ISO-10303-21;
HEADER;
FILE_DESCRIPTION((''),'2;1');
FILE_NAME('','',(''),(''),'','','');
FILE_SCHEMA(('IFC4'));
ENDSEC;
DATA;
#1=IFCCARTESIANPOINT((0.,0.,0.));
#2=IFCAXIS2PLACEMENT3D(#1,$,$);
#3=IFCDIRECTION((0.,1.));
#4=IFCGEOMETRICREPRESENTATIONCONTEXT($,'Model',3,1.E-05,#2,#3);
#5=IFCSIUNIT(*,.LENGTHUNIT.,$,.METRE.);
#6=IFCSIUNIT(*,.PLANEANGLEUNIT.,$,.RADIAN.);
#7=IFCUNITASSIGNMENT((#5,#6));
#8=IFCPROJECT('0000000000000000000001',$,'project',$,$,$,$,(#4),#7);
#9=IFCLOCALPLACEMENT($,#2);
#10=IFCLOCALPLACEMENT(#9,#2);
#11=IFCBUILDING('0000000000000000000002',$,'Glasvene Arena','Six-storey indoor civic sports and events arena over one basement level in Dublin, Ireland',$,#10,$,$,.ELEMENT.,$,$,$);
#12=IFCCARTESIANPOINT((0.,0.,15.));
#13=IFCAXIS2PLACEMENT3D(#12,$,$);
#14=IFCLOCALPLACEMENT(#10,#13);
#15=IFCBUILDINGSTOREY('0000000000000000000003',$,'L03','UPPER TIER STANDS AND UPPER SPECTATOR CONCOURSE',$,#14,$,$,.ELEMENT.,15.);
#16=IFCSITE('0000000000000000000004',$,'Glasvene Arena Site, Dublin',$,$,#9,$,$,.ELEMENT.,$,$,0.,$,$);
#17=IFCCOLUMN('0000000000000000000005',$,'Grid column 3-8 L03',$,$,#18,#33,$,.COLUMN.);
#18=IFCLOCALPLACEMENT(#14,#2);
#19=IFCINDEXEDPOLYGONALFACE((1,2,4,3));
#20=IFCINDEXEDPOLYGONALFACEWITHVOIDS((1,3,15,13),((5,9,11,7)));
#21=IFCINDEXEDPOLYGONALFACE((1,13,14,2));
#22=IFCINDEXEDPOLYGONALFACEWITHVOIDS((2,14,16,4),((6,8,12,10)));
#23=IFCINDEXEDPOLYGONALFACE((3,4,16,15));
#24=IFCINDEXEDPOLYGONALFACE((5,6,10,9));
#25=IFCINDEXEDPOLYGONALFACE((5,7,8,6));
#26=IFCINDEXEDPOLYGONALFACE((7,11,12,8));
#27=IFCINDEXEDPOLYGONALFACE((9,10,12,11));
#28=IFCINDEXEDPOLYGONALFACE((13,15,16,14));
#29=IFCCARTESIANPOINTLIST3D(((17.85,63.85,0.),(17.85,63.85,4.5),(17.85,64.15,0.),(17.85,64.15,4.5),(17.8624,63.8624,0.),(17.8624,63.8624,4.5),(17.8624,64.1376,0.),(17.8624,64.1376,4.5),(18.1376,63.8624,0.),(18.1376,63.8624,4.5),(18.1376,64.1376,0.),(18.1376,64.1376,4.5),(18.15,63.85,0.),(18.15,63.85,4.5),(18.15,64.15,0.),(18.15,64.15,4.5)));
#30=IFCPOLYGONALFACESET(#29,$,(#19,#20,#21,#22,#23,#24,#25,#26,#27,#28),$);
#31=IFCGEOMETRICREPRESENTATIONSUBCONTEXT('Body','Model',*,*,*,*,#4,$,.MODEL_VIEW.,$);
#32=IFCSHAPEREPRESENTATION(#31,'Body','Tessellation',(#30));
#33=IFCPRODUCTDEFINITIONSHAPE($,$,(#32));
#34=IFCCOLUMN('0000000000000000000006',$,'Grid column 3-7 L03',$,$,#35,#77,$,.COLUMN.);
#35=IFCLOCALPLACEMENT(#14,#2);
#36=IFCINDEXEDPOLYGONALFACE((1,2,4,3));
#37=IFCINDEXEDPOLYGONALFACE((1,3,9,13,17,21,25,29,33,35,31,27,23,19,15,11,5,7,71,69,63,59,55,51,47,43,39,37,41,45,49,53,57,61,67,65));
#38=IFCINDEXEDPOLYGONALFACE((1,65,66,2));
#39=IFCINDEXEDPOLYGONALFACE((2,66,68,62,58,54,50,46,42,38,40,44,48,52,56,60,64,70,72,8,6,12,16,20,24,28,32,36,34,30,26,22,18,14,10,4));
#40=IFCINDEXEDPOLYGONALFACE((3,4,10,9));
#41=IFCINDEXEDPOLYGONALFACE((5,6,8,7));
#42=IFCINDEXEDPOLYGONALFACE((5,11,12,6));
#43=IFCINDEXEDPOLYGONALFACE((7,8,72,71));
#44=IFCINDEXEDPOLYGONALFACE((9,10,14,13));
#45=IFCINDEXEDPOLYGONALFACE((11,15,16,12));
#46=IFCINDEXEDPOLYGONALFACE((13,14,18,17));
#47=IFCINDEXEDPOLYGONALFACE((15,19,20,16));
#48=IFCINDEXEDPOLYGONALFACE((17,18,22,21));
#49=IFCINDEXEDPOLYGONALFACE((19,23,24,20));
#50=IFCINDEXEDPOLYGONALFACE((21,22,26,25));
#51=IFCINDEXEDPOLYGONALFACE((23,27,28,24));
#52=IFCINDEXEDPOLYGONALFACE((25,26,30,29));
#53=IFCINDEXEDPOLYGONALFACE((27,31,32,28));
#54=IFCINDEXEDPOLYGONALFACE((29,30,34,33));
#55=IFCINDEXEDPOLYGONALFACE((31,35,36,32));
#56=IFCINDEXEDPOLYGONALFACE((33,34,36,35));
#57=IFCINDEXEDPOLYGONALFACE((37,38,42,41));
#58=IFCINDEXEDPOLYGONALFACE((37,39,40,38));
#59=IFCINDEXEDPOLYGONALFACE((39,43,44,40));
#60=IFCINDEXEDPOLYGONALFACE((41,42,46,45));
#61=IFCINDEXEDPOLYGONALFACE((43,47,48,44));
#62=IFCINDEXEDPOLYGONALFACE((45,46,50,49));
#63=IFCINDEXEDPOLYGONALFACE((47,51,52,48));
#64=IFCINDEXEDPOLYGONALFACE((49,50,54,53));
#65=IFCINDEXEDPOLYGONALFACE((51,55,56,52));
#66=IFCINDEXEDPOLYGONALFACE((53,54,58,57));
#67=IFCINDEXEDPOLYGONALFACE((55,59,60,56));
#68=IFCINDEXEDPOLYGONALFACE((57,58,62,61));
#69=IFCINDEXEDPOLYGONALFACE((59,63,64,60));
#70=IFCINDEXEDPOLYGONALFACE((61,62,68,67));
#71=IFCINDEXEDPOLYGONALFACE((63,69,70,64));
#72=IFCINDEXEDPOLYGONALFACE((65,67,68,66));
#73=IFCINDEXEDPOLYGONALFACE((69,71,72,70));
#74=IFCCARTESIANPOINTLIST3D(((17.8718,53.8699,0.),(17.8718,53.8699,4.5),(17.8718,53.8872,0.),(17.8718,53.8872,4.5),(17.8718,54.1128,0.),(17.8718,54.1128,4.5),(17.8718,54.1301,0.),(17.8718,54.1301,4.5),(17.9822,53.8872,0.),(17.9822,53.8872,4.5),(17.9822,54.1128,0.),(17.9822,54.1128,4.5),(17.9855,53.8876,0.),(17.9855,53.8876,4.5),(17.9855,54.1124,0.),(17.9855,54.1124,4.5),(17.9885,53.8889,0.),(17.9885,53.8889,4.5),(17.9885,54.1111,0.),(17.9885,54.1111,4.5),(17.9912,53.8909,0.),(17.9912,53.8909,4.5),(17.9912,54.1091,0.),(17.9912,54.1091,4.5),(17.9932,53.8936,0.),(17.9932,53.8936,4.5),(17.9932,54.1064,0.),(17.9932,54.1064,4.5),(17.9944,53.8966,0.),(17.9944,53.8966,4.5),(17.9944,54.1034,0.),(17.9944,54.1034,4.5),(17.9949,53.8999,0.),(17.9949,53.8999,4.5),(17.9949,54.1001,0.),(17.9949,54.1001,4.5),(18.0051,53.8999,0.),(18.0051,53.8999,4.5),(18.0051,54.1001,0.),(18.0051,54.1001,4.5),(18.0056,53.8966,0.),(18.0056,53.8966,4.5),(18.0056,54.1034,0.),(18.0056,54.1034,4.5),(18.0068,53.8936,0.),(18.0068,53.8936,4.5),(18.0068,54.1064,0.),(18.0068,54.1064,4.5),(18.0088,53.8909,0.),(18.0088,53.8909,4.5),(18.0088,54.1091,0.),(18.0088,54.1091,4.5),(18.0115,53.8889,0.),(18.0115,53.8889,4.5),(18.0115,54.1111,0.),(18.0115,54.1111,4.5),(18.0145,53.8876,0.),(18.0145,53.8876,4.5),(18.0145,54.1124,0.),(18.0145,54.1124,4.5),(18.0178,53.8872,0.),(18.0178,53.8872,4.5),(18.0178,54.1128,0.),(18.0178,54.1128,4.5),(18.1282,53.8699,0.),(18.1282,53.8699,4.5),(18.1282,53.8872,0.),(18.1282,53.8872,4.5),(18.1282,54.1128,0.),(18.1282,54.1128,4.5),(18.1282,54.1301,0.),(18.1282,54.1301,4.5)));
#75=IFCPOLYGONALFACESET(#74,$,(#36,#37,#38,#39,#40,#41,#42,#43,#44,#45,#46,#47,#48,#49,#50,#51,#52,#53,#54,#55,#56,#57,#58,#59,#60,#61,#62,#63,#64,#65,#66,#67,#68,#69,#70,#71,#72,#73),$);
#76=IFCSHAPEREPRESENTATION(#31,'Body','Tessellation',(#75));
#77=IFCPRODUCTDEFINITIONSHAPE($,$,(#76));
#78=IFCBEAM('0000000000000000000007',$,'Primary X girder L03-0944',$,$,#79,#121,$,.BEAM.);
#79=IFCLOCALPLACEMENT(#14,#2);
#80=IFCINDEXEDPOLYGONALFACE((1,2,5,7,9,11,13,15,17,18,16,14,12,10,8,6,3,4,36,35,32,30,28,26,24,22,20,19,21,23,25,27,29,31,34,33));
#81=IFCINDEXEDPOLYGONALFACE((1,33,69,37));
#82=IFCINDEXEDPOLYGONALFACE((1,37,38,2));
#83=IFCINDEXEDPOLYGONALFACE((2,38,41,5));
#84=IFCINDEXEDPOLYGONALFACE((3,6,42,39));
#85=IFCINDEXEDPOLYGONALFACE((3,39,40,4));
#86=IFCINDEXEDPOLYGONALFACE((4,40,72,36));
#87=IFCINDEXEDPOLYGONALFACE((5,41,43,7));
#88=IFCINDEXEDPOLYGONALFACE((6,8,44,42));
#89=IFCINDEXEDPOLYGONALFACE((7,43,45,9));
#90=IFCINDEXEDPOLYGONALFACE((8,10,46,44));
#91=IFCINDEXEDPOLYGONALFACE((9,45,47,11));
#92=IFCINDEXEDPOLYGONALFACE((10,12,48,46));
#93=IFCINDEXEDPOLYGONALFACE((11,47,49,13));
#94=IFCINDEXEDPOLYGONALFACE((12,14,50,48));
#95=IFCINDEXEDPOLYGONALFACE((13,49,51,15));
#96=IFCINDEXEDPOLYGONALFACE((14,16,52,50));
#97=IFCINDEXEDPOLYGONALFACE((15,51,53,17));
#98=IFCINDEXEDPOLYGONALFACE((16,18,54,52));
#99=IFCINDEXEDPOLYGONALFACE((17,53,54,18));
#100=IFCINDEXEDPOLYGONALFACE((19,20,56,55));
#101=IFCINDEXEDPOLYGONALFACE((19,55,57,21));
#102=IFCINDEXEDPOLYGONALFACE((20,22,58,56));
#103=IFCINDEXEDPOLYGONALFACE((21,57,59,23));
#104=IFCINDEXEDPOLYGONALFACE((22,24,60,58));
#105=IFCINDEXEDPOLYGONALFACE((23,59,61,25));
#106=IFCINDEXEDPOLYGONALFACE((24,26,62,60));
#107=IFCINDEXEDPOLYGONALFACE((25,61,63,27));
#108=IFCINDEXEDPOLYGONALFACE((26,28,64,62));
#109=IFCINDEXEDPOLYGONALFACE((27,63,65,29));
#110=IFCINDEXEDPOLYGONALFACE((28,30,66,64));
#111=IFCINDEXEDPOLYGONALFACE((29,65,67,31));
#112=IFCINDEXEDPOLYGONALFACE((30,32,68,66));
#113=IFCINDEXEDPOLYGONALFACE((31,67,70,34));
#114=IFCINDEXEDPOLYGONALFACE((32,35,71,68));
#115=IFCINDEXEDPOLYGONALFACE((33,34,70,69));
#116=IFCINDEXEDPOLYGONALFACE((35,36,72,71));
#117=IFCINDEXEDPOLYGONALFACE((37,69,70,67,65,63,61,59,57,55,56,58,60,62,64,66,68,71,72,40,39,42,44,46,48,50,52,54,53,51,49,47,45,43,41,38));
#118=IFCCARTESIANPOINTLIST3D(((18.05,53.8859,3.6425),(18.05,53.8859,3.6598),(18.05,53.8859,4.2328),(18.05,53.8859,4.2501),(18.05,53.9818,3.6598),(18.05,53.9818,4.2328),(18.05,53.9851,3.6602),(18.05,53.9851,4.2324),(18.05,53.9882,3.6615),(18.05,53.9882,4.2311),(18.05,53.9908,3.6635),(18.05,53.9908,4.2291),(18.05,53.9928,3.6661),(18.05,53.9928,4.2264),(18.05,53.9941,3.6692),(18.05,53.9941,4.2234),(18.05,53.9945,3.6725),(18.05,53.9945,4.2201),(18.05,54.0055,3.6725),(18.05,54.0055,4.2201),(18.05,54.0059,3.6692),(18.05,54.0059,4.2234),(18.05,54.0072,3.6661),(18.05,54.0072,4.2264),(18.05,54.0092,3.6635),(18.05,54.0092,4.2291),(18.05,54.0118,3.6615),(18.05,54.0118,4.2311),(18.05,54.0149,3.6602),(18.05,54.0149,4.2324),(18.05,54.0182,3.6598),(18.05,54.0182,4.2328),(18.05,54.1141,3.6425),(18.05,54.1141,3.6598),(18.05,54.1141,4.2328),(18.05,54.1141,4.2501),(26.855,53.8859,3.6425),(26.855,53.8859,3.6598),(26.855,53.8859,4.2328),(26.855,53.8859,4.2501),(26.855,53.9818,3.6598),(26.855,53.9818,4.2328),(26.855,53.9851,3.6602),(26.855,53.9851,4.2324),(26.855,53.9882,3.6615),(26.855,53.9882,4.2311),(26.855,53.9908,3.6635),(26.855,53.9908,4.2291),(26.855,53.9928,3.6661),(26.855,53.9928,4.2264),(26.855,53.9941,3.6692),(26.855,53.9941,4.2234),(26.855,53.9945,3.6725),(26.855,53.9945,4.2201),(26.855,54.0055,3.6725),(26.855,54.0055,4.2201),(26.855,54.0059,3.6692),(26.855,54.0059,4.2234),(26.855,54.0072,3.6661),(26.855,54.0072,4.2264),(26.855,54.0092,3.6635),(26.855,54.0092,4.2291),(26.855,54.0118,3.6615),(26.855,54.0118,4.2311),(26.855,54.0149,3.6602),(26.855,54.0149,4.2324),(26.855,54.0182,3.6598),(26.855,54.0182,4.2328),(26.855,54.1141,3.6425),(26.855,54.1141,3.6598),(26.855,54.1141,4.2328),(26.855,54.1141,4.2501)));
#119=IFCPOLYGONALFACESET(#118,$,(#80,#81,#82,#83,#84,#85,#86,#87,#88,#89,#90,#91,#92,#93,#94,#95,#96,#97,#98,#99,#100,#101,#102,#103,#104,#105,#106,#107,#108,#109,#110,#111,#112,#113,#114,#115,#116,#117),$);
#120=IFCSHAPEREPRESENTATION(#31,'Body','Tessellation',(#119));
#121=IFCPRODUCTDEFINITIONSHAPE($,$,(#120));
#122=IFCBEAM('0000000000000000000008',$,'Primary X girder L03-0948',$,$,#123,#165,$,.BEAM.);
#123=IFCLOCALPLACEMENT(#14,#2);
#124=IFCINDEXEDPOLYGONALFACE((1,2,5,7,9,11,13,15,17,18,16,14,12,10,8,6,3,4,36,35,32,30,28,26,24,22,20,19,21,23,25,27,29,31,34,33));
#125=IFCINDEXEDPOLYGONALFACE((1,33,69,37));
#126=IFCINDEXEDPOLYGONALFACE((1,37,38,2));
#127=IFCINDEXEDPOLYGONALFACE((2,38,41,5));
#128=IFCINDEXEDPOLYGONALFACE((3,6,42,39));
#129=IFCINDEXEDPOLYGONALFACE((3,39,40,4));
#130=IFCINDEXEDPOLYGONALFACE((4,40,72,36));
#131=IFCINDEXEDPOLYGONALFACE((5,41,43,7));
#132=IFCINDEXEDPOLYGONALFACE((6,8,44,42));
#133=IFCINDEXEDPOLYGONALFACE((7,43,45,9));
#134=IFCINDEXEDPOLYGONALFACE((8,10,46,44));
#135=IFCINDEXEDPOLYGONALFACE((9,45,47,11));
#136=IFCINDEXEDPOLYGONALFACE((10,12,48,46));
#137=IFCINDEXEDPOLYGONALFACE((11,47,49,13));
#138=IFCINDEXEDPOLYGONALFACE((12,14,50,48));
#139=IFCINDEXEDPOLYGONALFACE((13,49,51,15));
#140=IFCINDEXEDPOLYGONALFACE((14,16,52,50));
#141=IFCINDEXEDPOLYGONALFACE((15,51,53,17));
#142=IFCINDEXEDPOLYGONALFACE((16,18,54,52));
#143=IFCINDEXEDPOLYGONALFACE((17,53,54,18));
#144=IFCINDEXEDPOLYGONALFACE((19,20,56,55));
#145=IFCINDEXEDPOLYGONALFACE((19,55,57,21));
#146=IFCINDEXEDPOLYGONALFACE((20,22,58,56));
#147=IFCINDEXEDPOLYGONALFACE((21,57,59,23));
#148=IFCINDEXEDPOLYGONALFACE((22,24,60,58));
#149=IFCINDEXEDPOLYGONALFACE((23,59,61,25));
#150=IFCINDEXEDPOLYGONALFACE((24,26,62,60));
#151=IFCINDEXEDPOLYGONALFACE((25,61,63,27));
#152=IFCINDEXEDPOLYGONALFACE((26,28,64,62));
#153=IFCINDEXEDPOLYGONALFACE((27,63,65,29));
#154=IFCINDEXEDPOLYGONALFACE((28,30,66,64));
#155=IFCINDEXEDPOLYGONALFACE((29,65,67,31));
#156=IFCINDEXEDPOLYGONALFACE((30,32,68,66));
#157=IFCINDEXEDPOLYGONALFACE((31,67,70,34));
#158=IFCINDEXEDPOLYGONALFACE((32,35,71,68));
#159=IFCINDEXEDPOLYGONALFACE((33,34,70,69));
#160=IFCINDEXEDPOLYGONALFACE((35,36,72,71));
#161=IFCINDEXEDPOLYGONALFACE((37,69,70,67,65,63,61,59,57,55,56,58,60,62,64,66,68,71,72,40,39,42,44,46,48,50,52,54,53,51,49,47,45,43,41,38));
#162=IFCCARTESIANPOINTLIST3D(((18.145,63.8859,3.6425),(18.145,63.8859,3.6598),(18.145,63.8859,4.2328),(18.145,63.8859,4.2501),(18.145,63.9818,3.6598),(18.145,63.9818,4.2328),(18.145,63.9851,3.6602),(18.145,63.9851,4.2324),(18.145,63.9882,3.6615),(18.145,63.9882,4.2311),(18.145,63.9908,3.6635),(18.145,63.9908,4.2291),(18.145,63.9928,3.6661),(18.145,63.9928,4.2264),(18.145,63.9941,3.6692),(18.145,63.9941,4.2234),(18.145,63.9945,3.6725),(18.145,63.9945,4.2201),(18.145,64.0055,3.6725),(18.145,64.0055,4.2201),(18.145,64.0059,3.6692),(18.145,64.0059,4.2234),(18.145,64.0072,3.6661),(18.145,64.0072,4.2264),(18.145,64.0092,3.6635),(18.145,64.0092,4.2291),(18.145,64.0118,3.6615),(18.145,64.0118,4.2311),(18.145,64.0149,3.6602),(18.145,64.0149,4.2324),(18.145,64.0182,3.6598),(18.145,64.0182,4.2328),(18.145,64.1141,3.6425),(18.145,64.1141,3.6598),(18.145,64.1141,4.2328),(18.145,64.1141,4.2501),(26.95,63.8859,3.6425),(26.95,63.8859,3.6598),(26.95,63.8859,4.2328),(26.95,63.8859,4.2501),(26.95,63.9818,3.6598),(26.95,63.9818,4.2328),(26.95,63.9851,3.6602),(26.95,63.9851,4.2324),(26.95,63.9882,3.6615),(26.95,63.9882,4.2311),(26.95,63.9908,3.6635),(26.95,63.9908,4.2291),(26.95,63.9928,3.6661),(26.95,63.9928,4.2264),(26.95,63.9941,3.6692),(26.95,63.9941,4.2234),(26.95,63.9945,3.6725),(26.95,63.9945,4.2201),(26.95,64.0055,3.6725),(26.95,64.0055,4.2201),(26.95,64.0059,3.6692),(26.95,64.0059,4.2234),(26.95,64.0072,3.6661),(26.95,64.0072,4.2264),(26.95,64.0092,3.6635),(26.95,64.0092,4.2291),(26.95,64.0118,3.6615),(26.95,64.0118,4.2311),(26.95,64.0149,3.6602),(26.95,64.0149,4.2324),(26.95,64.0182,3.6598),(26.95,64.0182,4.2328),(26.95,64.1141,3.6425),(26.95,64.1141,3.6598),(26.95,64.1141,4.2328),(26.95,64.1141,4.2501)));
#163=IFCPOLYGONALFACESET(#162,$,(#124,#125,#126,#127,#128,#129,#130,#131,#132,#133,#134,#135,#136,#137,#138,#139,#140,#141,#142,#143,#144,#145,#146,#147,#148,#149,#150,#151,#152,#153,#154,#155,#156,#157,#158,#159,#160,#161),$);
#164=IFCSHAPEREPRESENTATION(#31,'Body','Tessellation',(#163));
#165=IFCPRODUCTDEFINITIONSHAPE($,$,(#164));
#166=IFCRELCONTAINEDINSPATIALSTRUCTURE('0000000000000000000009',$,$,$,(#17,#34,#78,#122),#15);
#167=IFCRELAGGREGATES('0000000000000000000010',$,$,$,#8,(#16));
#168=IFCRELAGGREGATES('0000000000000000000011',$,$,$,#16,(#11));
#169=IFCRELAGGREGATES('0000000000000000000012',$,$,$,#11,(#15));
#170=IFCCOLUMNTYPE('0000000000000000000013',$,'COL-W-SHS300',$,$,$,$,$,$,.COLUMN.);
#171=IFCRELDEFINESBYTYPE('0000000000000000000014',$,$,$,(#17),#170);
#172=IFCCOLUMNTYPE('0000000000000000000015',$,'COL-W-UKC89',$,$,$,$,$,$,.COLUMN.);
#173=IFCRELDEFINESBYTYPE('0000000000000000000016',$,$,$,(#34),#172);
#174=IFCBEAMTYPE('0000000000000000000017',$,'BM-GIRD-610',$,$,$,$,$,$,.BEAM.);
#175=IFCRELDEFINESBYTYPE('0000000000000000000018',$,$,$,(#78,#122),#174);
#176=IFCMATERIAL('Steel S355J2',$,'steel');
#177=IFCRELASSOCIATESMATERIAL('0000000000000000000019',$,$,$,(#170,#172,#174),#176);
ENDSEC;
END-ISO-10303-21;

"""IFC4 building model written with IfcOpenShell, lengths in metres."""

from ifc_helpers import new_model, si_unit, direction, frame, origin, origin_2d, place, context, subcontext, project, spatial, hollow_rectangle, i_section, extrude, material, material_profile, profile_set, type_object, element, save


model = new_model("IFC4")

# Units and contexts
model_context = context("Model", 3, precision=1e-05, world=origin(), true_north=direction((0.0, 1.0)))
body_context = subcontext(model_context, "Body", "Model", "MODEL_VIEW")
ifc_project = project(units=[si_unit("LENGTHUNIT", "METRE"), si_unit("PLANEANGLEUNIT", "RADIAN")], contexts=[model_context])

# Site, building, storey
site_placement = place(None, origin())
site = spatial("IfcSite", under=ifc_project, at=site_placement, Name="Glasvene Arena Site, Dublin", CompositionType="ELEMENT", RefElevation=0.0)
building_placement = place(site_placement, origin())
building = spatial("IfcBuilding", under=site, at=building_placement, Name="Glasvene Arena", Description="Six-storey indoor civic sports and events arena over one basement level in Dublin, Ireland", CompositionType="ELEMENT")
storey_placement = place(building_placement, frame((0.0, 0.0, 15.0)))
storey = spatial("IfcBuildingStorey", under=building, at=storey_placement, Name="L03", Description="UPPER TIER STANDS AND UPPER SPECTATOR CONCOURSE", CompositionType="ELEMENT", Elevation=15.0)

# Columns
ifc_material_1 = material(Name="Steel S355J2", Category="steel")
ifc_material_profile_1 = material_profile(ifc_material_1, hollow_rectangle(XDim=0.3, YDim=0.3, WallThickness=0.0125, at=origin_2d()), Name="SHS 300x300x12.5")
ifc_profile_set_1 = profile_set([ifc_material_profile_1], Name="Steel S355J2")
column_type_1 = type_object("IfcColumnType", Name="COL-W-SHS300", PredefinedType="COLUMN", material=ifc_profile_set_1)
column_1_placement = place(storey_placement, frame((18.0, 64.0, 0.0), z_axis=(0.0, 0.0, 1.0), x_axis=(1.0, 0.0, 0.0)))
element("IfcColumn", 1, at=column_1_placement, inside=storey, type_object=column_type_1, Name="Grid column 3-8 L03", PredefinedType="COLUMN", context=body_context, shape_type="SweptSolid", body=[
    extrude(hollow_rectangle(XDim=0.3, YDim=0.3, WallThickness=0.0125, at=origin_2d()), origin(), (0.0, 0.0, 1.0), 4.5),
])
ifc_material_profile_2 = material_profile(ifc_material_1, i_section(OverallWidth=0.2563, OverallDepth=0.2603, WebThickness=0.0103, FlangeThickness=0.0173, FilletRadius=0.0127, at=origin_2d()), Name="UKC 254x254x89")
ifc_profile_set_2 = profile_set([ifc_material_profile_2], Name="Steel S355J2")
column_type_2 = type_object("IfcColumnType", Name="COL-W-UKC89", PredefinedType="COLUMN", material=ifc_profile_set_2)
column_2_placement = place(storey_placement, frame((18.0, 54.0, 0.0), z_axis=(0.0, 0.0, 1.0), x_axis=(1.0, 0.0, 0.0)))
element("IfcColumn", 2, at=column_2_placement, inside=storey, type_object=column_type_2, Name="Grid column 3-7 L03", PredefinedType="COLUMN", context=body_context, shape_type="SweptSolid", body=[
    extrude(i_section(OverallWidth=0.2563, OverallDepth=0.2603, WebThickness=0.0103, FlangeThickness=0.0173, FilletRadius=0.0127, at=origin_2d()), origin(), (0.0, 0.0, 1.0), 4.5),
])

# Beams
ifc_material_profile_3 = material_profile(ifc_material_1, i_section(OverallWidth=0.2283, OverallDepth=0.6077, WebThickness=0.011, FlangeThickness=0.0173, FilletRadius=0.0127, at=origin_2d()), Name="UKB 610x229x113")
ifc_profile_set_3 = profile_set([ifc_material_profile_3], Name="Steel S355J2")
beam_type_1 = type_object("IfcBeamType", Name="BM-GIRD-610", PredefinedType="BEAM", material=ifc_profile_set_3)
for number, where, z_axis, x_axis, name in (
    (3, (18.05, 54.0, 3.9463), (1.0, 0.0, 0.0), (0.0, 1.0, 0.0), "Primary X girder L03-0944"),
    (4, (18.145, 64.0, 3.9463), (1.0, 0.0, 0.0), (0.0, 1.0, 0.0), "Primary X girder L03-0948"),
):
    element("IfcBeam", number, at=place(storey_placement, frame(where, z_axis=z_axis, x_axis=x_axis)), inside=storey, type_object=beam_type_1, Name=name, PredefinedType="BEAM", context=body_context, shape_type="SweptSolid", body=[
        extrude(i_section(OverallWidth=0.2283, OverallDepth=0.6077, WebThickness=0.011, FlangeThickness=0.0173, FilletRadius=0.0127, at=origin_2d()), origin(), (0.0, 0.0, 1.0), 8.8049),
    ])

save(model, "model.ifc")
